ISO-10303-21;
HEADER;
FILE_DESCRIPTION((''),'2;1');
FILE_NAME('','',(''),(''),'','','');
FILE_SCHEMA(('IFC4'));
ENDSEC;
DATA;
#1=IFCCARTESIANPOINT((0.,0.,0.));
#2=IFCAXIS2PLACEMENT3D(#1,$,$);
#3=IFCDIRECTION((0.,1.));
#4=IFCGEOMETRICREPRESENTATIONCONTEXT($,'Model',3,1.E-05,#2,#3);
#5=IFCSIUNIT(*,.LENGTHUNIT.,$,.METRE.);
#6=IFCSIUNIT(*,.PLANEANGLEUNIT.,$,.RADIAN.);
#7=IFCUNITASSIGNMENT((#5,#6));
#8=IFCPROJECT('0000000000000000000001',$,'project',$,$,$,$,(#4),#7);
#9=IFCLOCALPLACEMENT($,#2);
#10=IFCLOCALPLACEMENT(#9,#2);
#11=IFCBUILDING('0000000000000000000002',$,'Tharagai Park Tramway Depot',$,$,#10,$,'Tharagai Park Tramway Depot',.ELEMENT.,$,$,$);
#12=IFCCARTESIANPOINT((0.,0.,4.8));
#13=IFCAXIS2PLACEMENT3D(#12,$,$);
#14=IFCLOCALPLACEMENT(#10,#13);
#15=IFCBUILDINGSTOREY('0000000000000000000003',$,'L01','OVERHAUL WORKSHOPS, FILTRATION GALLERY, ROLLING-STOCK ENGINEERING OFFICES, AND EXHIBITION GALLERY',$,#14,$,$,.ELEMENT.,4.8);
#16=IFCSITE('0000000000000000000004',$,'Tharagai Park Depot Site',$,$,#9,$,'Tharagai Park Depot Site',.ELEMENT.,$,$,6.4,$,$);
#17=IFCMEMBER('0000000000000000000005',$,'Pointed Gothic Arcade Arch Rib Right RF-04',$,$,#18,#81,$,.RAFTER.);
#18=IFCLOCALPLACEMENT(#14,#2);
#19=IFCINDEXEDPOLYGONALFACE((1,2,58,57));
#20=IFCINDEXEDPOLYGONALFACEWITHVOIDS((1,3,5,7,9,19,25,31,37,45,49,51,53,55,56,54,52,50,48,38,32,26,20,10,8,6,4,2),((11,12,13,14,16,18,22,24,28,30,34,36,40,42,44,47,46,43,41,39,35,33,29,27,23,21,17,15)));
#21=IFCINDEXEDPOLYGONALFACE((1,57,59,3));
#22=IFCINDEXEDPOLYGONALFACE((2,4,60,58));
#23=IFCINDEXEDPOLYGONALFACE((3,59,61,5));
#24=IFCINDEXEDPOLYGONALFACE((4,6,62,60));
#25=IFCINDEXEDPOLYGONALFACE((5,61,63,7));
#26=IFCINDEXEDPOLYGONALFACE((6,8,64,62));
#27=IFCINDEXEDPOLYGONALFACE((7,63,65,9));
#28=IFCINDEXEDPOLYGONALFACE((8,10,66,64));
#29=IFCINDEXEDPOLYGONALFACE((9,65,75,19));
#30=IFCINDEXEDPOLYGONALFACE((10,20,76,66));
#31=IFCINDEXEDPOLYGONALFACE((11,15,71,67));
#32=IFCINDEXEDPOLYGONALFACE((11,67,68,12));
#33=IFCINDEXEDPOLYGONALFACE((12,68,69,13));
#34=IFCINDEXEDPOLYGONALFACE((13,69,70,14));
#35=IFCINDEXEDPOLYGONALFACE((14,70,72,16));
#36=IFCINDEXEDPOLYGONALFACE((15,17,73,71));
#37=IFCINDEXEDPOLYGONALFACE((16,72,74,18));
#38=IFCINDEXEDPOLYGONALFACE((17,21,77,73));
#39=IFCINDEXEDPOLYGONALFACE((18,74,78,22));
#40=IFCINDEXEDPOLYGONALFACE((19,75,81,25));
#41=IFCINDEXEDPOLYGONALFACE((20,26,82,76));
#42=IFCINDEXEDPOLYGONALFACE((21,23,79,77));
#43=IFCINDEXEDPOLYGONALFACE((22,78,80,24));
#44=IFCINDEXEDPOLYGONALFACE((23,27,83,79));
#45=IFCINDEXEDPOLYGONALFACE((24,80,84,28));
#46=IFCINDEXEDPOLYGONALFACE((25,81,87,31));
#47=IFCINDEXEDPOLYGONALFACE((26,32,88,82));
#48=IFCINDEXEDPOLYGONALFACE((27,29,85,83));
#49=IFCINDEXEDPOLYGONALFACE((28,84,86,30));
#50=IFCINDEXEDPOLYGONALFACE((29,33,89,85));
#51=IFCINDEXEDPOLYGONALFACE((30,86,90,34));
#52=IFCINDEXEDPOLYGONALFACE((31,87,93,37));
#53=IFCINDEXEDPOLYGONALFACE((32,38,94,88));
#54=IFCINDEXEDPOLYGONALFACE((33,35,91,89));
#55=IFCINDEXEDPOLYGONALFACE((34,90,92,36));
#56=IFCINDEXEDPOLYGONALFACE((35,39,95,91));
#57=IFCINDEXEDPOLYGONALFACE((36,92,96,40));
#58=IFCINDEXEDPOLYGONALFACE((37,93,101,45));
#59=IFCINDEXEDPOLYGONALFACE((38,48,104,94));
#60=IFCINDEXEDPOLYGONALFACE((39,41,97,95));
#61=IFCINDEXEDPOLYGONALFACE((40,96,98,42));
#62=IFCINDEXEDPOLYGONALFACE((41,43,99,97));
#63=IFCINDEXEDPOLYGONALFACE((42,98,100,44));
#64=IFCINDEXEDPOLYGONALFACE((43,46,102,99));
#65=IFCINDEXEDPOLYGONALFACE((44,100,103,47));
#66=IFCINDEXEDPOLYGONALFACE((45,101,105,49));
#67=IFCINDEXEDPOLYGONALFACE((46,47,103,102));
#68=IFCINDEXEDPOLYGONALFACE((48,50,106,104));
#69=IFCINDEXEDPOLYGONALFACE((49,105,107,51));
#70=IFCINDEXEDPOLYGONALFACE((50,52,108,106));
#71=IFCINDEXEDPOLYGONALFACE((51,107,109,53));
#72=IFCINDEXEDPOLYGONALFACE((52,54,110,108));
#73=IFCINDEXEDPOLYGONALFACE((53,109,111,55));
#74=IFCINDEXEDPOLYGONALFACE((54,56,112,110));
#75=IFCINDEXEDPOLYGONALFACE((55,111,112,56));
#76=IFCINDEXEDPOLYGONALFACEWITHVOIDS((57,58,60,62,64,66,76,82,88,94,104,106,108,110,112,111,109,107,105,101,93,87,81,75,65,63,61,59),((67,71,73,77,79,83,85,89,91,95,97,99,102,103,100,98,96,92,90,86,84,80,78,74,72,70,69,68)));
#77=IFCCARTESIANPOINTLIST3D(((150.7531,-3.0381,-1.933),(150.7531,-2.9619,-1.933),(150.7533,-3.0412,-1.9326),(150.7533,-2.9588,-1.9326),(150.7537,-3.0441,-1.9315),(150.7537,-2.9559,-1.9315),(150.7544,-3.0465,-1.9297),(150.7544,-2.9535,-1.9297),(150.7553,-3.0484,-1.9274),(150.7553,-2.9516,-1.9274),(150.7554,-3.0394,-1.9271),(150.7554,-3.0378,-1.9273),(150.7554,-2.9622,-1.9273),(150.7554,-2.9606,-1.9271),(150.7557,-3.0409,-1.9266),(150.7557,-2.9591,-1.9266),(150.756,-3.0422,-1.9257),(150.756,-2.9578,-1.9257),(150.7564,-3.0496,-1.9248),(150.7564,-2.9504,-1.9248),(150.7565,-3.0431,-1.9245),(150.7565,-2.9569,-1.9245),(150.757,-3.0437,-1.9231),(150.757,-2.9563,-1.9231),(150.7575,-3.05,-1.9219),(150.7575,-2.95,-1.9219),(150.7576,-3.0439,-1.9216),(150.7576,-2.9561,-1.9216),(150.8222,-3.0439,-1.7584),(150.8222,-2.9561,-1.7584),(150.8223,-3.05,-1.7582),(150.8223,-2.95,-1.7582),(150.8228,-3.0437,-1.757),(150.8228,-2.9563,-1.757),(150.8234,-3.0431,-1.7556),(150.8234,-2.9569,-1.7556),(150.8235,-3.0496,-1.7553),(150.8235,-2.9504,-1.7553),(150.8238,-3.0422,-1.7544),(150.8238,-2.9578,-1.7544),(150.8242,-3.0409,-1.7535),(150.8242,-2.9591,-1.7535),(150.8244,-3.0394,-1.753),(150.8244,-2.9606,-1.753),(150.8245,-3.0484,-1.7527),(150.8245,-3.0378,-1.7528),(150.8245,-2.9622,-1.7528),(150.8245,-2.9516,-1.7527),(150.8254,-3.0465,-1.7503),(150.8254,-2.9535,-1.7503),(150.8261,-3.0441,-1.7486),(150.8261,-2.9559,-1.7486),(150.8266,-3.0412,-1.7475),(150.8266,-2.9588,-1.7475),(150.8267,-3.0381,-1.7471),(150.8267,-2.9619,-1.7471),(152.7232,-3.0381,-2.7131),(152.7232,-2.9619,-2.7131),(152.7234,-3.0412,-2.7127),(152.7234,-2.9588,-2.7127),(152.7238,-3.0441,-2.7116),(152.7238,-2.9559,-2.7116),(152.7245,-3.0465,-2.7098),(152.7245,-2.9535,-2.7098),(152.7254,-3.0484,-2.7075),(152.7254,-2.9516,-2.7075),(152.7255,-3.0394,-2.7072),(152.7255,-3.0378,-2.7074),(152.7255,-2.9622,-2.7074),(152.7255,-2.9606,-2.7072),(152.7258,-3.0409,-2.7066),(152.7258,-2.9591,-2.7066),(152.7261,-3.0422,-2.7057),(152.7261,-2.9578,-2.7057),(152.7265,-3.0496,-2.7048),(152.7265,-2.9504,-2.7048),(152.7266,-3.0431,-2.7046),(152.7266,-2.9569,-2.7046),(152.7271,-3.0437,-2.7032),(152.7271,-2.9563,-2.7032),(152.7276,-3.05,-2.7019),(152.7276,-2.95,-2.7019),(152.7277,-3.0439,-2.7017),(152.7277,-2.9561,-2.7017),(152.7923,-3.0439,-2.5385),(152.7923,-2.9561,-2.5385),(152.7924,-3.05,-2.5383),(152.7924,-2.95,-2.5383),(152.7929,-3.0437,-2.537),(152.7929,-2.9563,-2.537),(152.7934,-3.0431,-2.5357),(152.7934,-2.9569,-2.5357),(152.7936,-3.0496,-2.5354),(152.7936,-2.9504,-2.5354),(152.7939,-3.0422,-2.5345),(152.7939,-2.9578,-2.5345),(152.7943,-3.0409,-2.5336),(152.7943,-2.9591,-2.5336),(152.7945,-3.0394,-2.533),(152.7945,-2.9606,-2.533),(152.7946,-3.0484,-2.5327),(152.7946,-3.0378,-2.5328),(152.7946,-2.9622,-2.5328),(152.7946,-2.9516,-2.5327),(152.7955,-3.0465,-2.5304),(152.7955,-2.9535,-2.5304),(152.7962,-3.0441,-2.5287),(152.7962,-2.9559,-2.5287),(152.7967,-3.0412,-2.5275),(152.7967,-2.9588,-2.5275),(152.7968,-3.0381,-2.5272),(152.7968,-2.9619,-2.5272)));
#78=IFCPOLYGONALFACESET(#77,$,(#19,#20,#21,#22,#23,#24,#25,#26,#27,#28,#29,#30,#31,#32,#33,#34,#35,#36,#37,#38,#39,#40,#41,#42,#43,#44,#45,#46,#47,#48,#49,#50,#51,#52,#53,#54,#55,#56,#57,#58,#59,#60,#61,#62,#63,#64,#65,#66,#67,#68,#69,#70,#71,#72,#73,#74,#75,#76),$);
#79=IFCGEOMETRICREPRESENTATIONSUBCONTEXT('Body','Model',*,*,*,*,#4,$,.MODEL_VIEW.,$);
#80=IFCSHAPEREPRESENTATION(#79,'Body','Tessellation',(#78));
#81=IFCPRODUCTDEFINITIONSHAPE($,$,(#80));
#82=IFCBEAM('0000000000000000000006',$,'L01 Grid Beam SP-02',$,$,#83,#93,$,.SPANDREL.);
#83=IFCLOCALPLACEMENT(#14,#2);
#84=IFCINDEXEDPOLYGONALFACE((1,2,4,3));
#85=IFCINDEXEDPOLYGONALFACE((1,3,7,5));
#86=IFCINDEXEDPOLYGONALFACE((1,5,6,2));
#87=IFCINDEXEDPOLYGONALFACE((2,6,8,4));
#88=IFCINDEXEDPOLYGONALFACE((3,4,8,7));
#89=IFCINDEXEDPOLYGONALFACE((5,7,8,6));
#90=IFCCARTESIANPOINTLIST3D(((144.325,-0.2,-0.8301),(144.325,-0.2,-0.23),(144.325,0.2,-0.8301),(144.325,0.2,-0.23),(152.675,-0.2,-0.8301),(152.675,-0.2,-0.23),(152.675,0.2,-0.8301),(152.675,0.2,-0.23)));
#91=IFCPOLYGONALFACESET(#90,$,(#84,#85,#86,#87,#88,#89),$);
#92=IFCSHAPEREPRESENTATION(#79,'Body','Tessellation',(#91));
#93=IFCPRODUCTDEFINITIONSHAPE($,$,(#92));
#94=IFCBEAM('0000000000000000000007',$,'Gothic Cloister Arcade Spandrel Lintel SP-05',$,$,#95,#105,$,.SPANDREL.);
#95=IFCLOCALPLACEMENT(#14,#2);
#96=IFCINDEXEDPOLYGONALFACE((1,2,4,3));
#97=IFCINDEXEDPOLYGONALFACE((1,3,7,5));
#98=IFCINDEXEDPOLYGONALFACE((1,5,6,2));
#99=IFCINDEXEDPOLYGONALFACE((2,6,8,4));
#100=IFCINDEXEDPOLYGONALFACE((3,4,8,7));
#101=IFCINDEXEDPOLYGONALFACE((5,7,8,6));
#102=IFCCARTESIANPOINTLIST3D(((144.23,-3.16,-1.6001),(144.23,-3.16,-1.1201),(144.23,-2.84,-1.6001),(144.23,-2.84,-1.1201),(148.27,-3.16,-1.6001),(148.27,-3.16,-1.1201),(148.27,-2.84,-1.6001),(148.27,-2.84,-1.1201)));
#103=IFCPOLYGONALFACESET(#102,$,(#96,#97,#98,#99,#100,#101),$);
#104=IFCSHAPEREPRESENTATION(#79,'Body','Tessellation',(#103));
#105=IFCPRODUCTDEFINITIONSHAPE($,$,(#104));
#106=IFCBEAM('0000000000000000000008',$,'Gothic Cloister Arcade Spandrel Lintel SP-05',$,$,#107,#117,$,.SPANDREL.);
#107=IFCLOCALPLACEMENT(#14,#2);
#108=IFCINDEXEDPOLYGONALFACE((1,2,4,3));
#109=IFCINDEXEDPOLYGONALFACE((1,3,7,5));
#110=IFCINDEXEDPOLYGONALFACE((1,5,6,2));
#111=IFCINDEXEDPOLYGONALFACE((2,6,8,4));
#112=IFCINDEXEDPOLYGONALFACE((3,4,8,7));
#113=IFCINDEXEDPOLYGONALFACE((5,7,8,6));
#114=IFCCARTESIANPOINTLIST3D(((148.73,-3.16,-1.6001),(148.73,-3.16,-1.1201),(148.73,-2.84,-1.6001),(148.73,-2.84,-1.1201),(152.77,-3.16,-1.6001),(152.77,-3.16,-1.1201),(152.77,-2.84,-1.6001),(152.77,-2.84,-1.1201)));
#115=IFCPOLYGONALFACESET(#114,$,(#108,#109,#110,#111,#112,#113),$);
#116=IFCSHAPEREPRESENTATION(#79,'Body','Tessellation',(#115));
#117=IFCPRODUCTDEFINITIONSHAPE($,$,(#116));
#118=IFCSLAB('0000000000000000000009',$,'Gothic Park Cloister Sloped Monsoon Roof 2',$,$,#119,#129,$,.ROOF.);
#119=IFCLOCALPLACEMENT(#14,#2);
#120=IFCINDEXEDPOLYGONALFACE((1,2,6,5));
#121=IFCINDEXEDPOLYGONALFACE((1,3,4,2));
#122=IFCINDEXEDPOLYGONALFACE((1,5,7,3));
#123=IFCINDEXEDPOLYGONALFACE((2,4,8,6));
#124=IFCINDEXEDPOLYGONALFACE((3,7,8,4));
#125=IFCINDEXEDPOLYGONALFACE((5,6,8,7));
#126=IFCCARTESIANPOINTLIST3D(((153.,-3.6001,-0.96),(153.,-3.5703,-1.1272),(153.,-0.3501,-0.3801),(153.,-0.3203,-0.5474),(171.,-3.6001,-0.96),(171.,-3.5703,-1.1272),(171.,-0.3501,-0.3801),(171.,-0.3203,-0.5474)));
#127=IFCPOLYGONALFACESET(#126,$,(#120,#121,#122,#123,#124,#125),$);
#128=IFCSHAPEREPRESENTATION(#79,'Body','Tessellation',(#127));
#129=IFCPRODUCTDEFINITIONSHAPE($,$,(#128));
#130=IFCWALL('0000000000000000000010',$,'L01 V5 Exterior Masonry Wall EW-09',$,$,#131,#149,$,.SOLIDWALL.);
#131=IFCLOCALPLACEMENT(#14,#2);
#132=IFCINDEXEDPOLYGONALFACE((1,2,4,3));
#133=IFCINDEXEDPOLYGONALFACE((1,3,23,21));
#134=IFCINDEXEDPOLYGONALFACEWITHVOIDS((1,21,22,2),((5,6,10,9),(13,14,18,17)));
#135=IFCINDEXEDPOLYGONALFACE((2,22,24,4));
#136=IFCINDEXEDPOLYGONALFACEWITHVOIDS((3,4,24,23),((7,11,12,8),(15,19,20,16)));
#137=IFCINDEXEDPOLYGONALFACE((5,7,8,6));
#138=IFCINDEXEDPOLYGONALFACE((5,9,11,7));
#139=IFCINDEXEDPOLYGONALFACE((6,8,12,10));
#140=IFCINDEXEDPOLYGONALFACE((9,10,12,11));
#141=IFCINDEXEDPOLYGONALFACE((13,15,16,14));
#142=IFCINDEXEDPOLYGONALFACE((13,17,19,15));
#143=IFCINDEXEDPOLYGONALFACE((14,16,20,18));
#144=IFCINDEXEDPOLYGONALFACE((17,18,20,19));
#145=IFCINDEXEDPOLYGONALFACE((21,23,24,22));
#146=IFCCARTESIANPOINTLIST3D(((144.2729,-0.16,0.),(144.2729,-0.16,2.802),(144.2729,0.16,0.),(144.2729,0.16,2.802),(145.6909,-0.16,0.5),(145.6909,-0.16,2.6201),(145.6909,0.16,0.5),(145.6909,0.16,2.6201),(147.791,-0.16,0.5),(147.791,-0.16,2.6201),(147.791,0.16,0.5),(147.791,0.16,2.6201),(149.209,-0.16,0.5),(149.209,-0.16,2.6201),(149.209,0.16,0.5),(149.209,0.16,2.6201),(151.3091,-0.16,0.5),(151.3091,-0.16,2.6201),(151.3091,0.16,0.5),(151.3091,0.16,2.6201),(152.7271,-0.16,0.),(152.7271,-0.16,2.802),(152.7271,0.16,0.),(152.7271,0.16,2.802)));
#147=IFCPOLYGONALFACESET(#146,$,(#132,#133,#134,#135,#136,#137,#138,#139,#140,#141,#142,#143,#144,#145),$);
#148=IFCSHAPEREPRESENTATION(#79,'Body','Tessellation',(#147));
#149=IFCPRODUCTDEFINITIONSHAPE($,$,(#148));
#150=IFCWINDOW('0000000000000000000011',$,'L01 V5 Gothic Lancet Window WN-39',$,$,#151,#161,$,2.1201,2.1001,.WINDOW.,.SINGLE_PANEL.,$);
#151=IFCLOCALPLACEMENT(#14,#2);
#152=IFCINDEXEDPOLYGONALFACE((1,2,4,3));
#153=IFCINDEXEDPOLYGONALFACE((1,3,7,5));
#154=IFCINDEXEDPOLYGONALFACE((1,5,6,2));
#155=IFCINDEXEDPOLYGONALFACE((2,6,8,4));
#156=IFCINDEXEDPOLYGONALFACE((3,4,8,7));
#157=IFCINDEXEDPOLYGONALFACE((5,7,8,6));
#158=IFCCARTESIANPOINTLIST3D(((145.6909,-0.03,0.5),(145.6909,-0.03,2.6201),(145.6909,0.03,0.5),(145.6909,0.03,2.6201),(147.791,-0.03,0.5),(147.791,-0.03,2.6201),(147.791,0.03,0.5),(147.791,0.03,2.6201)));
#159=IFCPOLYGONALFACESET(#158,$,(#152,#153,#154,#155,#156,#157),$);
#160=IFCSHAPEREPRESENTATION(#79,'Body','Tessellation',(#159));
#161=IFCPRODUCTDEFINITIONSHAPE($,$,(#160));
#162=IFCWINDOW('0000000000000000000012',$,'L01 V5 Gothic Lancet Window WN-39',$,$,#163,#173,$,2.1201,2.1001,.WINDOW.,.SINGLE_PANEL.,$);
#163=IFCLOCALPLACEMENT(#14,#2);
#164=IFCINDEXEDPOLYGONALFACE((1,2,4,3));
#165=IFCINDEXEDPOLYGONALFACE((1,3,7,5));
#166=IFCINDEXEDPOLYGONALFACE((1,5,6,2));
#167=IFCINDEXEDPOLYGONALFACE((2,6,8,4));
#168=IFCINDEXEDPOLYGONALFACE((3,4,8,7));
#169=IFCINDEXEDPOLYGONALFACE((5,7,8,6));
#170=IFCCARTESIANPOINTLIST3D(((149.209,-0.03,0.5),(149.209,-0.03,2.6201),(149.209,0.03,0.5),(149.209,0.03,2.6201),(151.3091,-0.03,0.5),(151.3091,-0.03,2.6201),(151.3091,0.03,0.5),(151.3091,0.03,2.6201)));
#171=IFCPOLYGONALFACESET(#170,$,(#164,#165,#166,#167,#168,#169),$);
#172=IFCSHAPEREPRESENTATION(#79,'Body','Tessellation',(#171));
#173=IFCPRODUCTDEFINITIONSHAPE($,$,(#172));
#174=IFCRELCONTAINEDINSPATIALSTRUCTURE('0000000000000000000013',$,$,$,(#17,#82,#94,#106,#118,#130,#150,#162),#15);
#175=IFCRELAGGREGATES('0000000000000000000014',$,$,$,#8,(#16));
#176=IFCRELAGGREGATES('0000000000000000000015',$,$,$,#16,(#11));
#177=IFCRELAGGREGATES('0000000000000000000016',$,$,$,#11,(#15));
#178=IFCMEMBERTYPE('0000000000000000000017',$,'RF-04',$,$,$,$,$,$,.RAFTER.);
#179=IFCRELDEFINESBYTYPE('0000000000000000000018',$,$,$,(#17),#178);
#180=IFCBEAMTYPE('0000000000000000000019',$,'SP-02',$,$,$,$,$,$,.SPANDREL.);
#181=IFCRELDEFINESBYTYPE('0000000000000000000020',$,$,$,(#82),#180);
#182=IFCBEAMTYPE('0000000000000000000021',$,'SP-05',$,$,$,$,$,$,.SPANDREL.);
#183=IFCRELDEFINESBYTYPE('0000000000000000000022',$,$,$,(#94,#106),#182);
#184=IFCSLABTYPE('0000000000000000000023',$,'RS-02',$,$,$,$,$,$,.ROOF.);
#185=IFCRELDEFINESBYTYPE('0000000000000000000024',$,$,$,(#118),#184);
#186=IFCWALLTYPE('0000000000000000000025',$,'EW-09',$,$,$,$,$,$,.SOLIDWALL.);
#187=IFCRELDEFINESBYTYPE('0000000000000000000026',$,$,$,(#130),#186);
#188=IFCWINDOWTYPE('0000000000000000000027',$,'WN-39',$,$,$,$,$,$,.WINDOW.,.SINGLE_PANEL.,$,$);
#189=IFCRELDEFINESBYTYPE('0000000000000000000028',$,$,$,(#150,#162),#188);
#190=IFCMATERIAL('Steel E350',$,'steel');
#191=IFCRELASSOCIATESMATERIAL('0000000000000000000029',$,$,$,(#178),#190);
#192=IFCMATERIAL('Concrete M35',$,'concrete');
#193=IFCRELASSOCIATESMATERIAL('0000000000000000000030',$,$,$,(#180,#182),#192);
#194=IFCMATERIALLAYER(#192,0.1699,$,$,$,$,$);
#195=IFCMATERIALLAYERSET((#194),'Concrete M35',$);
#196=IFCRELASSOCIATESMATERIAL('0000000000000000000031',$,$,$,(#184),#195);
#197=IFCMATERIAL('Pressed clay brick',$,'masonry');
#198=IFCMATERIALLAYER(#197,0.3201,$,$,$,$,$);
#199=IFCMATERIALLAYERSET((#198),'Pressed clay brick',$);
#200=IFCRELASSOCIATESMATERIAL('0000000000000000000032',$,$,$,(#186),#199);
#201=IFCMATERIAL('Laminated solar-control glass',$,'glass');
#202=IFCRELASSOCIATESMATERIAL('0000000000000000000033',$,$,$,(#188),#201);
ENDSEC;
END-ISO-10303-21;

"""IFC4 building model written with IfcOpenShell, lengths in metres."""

from ifc_helpers import new_model, si_unit, direction, frame, frame_2d, origin, origin_2d, place, context, subcontext, project, spatial, polyline, rectangle, hollow_rectangle, outline, extrude, material, layer, layer_set, material_profile, profile_set, type_object, element, fill, save


model = new_model("IFC4")

# Units and contexts
model_context = context("Model", 3, precision=1e-05, world=origin(), true_north=direction((0.0, 1.0)))
body_context = subcontext(model_context, "Body", "Model", "MODEL_VIEW")
ifc_project = project(units=[si_unit("LENGTHUNIT", "METRE"), si_unit("PLANEANGLEUNIT", "RADIAN")], contexts=[model_context])

# Site, building, storey
site_placement = place(None, origin())
site = spatial("IfcSite", under=ifc_project, at=site_placement, Name="Tharagai Park Depot Site", LongName="Tharagai Park Depot Site", CompositionType="ELEMENT", RefElevation=6.4)
building_placement = place(site_placement, origin())
building = spatial("IfcBuilding", under=site, at=building_placement, Name="Tharagai Park Tramway Depot", LongName="Tharagai Park Tramway Depot", CompositionType="ELEMENT")
storey_placement = place(building_placement, frame((0.0, 0.0, 4.8)))
storey = spatial("IfcBuildingStorey", under=building, at=storey_placement, Name="L01", Description="OVERHAUL WORKSHOPS, FILTRATION GALLERY, ROLLING-STOCK ENGINEERING OFFICES, AND EXHIBITION GALLERY", CompositionType="ELEMENT", Elevation=4.8)

# Shared definitions
ifc_material_1 = material(Name="Concrete M35", Category="concrete")

# Shared definitions
ifc_material_2 = material(Name="Steel E350", Category="steel")

# Member
ifc_material_profile_1 = material_profile(ifc_material_2, hollow_rectangle(XDim=0.1001, YDim=0.2, WallThickness=0.0061, InnerFilletRadius=0.0061, OuterFilletRadius=0.012, at=origin_2d()), Name="RHS 200x100x6")
ifc_profile_set_1 = profile_set([ifc_material_profile_1], Name="Steel E350")
member_type_1 = type_object("IfcMemberType", Name="RF-04", PredefinedType="RAFTER", material=ifc_profile_set_1)
for number, where, z_axis, x_axis, name in (
    (1, (152.76, -3.0, -2.6201), (-0.929766, 0.0, 0.36815), (0.0, -1.0, 0.0), "Pointed Gothic Arcade Arch Rib Right RF-04"),
):
    element("IfcMember", number, at=place(storey_placement, frame(where, z_axis=z_axis, x_axis=x_axis)), inside=storey, type_object=member_type_1, Name=name, PredefinedType="RAFTER", context=body_context, shape_type="SweptSolid", body=[
        extrude(hollow_rectangle(XDim=0.1001, YDim=0.2, WallThickness=0.0061, InnerFilletRadius=0.0061, OuterFilletRadius=0.012, at=origin_2d()), origin(), (0.0, 0.0, 1.0), 2.1189),
    ])

# Beams
ifc_material_profile_2 = material_profile(ifc_material_1, rectangle(XDim=0.3999, YDim=0.6001, at=origin_2d()), Name="RC 400x600")
ifc_profile_set_2 = profile_set([ifc_material_profile_2], Name="Concrete M35")
beam_type_1 = type_object("IfcBeamType", Name="SP-02", PredefinedType="SPANDREL", material=ifc_profile_set_2)
beam_1_placement = place(storey_placement, frame((144.325, 0.0, -0.53), z_axis=(1.0, 0.0, 0.0), x_axis=(0.0, 1.0, 0.0)))
element("IfcBeam", 2, at=beam_1_placement, inside=storey, type_object=beam_type_1, Name="L01 Grid Beam SP-02", PredefinedType="SPANDREL", context=body_context, shape_type="SweptSolid", body=[
    extrude(rectangle(XDim=0.3999, YDim=0.6001, at=origin_2d()), origin(), (0.0, 0.0, 1.0), 8.3501),
])
ifc_material_profile_3 = material_profile(ifc_material_1, rectangle(XDim=0.3201, YDim=0.48, at=origin_2d()), Name="RC 320x480")
ifc_profile_set_3 = profile_set([ifc_material_profile_3], Name="Concrete M35")
beam_type_2 = type_object("IfcBeamType", Name="SP-05", PredefinedType="SPANDREL", material=ifc_profile_set_3)
for number, where, z_axis, x_axis, name in (
    (3, (144.23, -3.0, -1.3601), (1.0, 0.0, 0.0), (0.0, 1.0, 0.0), "Gothic Cloister Arcade Spandrel Lintel SP-05"),
    (4, (148.73, -3.0, -1.3601), (1.0, 0.0, 0.0), (0.0, 1.0, 0.0), "Gothic Cloister Arcade Spandrel Lintel SP-05"),
):
    element("IfcBeam", number, at=place(storey_placement, frame(where, z_axis=z_axis, x_axis=x_axis)), inside=storey, type_object=beam_type_2, Name=name, PredefinedType="SPANDREL", context=body_context, shape_type="SweptSolid", body=[
        extrude(rectangle(XDim=0.3201, YDim=0.48, at=origin_2d()), origin(), (0.0, 0.0, 1.0), 4.04),
    ])

# Slab
ifc_layer_1 = layer(ifc_material_1, 0.1699)
ifc_layer_set_1 = layer_set([ifc_layer_1], Name="Concrete M35")
slab_type = type_object("IfcSlabType", Name="RS-02", PredefinedType="ROOF", material=ifc_layer_set_1)
slab_placement = place(storey_placement, frame((153.0, -3.6001, -0.96), z_axis=(0.0, -0.175637, 0.984455), x_axis=(1.0, 0.0, 0.0)))
element("IfcSlab", 5, at=slab_placement, inside=storey, type_object=slab_type, Name="Gothic Park Cloister Sloped Monsoon Roof 2", PredefinedType="ROOF", context=body_context, shape_type="SweptSolid", body=[
    extrude(outline(polyline([(0.0, 0.0), (18.0, 0.0), (18.0, 3.3013), (0.0, 3.3013), (0.0, 0.0)])), origin(), (0.0, 0.0, -1.0), 0.1699),
])

# Wall, openings, windows
ifc_material_3 = material(Name="Pressed clay brick", Category="masonry")
ifc_layer_2 = layer(ifc_material_3, 0.3201)
ifc_layer_set_2 = layer_set([ifc_layer_2], Name="Pressed clay brick")
wall_type = type_object("IfcWallType", Name="EW-09", PredefinedType="SOLIDWALL", material=ifc_layer_set_2)
wall_placement = place(storey_placement, frame((144.2729, 0.0, 0.0), z_axis=(0.0, 0.0, 1.0), x_axis=(1.0, 0.0, 0.0)))
wall = element("IfcWall", 6, at=wall_placement, inside=storey, type_object=wall_type, Name="L01 V5 Exterior Masonry Wall EW-09", PredefinedType="SOLIDWALL", context=body_context, shape_type="SweptSolid", body=[
    extrude(rectangle(XDim=8.4541, YDim=0.3201, at=frame_2d((4.2271, 0.0))), origin(), (0.0, 0.0, 1.0), 2.802),
])
opening_1_placement = place(wall_placement, frame((1.418, 0.0, 0.5)))
opening_1 = element("IfcOpeningElement", 7, at=opening_1_placement, cuts=wall, PredefinedType="OPENING", context=body_context, shape_type="SweptSolid", body=[
    extrude(rectangle(XDim=2.1001, YDim=2.1201, at=frame_2d((1.05, 1.0601))), frame((0.0, 0.1699, 0.0), z_axis=(0.0, -1.0, 0.0), x_axis=(1.0, 0.0, 0.0)), (0.0, 0.0, 1.0), 0.3401),
])
opening_2_placement = place(wall_placement, frame((4.936, 0.0, 0.5)))
opening_2 = element("IfcOpeningElement", 8, at=opening_2_placement, cuts=wall, PredefinedType="OPENING", context=body_context, shape_type="SweptSolid", body=[
    extrude(rectangle(XDim=2.1001, YDim=2.1201, at=frame_2d((1.05, 1.0601))), frame((0.0, 0.1699, 0.0), z_axis=(0.0, -1.0, 0.0), x_axis=(1.0, 0.0, 0.0)), (0.0, 0.0, 1.0), 0.3401),
])
ifc_material_4 = material(Name="Laminated solar-control glass", Category="glass")
window_type = type_object("IfcWindowType", Name="WN-39", PartitioningType="SINGLE_PANEL", PredefinedType="WINDOW", material=ifc_material_4)
window_1_placement = place(opening_1_placement, origin())
window_1 = element("IfcWindow", 9, at=window_1_placement, inside=storey, type_object=window_type, Name="L01 V5 Gothic Lancet Window WN-39", OverallHeight=2.1201, OverallWidth=2.1001, PartitioningType="SINGLE_PANEL", PredefinedType="WINDOW", context=body_context, shape_type="SweptSolid", body=[
    extrude(rectangle(XDim=2.1001, YDim=2.1201, at=frame_2d((1.05, 1.0601))), frame((0.0, 0.03, 0.0), z_axis=(0.0, -1.0, 0.0), x_axis=(1.0, 0.0, 0.0)), (0.0, 0.0, 1.0), 0.0601),
])
fill(opening_1, window_1)
window_2_placement = place(opening_2_placement, origin())
window_2 = element("IfcWindow", 10, at=window_2_placement, inside=storey, type_object=window_type, Name="L01 V5 Gothic Lancet Window WN-39", OverallHeight=2.1201, OverallWidth=2.1001, PartitioningType="SINGLE_PANEL", PredefinedType="WINDOW", context=body_context, shape_type="SweptSolid", body=[
    extrude(rectangle(XDim=2.1001, YDim=2.1201, at=frame_2d((1.05, 1.0601))), frame((0.0, 0.03, 0.0), z_axis=(0.0, -1.0, 0.0), x_axis=(1.0, 0.0, 0.0)), (0.0, 0.0, 1.0), 0.0601),
])
fill(opening_2, window_2)

save(model, "model.ifc")
